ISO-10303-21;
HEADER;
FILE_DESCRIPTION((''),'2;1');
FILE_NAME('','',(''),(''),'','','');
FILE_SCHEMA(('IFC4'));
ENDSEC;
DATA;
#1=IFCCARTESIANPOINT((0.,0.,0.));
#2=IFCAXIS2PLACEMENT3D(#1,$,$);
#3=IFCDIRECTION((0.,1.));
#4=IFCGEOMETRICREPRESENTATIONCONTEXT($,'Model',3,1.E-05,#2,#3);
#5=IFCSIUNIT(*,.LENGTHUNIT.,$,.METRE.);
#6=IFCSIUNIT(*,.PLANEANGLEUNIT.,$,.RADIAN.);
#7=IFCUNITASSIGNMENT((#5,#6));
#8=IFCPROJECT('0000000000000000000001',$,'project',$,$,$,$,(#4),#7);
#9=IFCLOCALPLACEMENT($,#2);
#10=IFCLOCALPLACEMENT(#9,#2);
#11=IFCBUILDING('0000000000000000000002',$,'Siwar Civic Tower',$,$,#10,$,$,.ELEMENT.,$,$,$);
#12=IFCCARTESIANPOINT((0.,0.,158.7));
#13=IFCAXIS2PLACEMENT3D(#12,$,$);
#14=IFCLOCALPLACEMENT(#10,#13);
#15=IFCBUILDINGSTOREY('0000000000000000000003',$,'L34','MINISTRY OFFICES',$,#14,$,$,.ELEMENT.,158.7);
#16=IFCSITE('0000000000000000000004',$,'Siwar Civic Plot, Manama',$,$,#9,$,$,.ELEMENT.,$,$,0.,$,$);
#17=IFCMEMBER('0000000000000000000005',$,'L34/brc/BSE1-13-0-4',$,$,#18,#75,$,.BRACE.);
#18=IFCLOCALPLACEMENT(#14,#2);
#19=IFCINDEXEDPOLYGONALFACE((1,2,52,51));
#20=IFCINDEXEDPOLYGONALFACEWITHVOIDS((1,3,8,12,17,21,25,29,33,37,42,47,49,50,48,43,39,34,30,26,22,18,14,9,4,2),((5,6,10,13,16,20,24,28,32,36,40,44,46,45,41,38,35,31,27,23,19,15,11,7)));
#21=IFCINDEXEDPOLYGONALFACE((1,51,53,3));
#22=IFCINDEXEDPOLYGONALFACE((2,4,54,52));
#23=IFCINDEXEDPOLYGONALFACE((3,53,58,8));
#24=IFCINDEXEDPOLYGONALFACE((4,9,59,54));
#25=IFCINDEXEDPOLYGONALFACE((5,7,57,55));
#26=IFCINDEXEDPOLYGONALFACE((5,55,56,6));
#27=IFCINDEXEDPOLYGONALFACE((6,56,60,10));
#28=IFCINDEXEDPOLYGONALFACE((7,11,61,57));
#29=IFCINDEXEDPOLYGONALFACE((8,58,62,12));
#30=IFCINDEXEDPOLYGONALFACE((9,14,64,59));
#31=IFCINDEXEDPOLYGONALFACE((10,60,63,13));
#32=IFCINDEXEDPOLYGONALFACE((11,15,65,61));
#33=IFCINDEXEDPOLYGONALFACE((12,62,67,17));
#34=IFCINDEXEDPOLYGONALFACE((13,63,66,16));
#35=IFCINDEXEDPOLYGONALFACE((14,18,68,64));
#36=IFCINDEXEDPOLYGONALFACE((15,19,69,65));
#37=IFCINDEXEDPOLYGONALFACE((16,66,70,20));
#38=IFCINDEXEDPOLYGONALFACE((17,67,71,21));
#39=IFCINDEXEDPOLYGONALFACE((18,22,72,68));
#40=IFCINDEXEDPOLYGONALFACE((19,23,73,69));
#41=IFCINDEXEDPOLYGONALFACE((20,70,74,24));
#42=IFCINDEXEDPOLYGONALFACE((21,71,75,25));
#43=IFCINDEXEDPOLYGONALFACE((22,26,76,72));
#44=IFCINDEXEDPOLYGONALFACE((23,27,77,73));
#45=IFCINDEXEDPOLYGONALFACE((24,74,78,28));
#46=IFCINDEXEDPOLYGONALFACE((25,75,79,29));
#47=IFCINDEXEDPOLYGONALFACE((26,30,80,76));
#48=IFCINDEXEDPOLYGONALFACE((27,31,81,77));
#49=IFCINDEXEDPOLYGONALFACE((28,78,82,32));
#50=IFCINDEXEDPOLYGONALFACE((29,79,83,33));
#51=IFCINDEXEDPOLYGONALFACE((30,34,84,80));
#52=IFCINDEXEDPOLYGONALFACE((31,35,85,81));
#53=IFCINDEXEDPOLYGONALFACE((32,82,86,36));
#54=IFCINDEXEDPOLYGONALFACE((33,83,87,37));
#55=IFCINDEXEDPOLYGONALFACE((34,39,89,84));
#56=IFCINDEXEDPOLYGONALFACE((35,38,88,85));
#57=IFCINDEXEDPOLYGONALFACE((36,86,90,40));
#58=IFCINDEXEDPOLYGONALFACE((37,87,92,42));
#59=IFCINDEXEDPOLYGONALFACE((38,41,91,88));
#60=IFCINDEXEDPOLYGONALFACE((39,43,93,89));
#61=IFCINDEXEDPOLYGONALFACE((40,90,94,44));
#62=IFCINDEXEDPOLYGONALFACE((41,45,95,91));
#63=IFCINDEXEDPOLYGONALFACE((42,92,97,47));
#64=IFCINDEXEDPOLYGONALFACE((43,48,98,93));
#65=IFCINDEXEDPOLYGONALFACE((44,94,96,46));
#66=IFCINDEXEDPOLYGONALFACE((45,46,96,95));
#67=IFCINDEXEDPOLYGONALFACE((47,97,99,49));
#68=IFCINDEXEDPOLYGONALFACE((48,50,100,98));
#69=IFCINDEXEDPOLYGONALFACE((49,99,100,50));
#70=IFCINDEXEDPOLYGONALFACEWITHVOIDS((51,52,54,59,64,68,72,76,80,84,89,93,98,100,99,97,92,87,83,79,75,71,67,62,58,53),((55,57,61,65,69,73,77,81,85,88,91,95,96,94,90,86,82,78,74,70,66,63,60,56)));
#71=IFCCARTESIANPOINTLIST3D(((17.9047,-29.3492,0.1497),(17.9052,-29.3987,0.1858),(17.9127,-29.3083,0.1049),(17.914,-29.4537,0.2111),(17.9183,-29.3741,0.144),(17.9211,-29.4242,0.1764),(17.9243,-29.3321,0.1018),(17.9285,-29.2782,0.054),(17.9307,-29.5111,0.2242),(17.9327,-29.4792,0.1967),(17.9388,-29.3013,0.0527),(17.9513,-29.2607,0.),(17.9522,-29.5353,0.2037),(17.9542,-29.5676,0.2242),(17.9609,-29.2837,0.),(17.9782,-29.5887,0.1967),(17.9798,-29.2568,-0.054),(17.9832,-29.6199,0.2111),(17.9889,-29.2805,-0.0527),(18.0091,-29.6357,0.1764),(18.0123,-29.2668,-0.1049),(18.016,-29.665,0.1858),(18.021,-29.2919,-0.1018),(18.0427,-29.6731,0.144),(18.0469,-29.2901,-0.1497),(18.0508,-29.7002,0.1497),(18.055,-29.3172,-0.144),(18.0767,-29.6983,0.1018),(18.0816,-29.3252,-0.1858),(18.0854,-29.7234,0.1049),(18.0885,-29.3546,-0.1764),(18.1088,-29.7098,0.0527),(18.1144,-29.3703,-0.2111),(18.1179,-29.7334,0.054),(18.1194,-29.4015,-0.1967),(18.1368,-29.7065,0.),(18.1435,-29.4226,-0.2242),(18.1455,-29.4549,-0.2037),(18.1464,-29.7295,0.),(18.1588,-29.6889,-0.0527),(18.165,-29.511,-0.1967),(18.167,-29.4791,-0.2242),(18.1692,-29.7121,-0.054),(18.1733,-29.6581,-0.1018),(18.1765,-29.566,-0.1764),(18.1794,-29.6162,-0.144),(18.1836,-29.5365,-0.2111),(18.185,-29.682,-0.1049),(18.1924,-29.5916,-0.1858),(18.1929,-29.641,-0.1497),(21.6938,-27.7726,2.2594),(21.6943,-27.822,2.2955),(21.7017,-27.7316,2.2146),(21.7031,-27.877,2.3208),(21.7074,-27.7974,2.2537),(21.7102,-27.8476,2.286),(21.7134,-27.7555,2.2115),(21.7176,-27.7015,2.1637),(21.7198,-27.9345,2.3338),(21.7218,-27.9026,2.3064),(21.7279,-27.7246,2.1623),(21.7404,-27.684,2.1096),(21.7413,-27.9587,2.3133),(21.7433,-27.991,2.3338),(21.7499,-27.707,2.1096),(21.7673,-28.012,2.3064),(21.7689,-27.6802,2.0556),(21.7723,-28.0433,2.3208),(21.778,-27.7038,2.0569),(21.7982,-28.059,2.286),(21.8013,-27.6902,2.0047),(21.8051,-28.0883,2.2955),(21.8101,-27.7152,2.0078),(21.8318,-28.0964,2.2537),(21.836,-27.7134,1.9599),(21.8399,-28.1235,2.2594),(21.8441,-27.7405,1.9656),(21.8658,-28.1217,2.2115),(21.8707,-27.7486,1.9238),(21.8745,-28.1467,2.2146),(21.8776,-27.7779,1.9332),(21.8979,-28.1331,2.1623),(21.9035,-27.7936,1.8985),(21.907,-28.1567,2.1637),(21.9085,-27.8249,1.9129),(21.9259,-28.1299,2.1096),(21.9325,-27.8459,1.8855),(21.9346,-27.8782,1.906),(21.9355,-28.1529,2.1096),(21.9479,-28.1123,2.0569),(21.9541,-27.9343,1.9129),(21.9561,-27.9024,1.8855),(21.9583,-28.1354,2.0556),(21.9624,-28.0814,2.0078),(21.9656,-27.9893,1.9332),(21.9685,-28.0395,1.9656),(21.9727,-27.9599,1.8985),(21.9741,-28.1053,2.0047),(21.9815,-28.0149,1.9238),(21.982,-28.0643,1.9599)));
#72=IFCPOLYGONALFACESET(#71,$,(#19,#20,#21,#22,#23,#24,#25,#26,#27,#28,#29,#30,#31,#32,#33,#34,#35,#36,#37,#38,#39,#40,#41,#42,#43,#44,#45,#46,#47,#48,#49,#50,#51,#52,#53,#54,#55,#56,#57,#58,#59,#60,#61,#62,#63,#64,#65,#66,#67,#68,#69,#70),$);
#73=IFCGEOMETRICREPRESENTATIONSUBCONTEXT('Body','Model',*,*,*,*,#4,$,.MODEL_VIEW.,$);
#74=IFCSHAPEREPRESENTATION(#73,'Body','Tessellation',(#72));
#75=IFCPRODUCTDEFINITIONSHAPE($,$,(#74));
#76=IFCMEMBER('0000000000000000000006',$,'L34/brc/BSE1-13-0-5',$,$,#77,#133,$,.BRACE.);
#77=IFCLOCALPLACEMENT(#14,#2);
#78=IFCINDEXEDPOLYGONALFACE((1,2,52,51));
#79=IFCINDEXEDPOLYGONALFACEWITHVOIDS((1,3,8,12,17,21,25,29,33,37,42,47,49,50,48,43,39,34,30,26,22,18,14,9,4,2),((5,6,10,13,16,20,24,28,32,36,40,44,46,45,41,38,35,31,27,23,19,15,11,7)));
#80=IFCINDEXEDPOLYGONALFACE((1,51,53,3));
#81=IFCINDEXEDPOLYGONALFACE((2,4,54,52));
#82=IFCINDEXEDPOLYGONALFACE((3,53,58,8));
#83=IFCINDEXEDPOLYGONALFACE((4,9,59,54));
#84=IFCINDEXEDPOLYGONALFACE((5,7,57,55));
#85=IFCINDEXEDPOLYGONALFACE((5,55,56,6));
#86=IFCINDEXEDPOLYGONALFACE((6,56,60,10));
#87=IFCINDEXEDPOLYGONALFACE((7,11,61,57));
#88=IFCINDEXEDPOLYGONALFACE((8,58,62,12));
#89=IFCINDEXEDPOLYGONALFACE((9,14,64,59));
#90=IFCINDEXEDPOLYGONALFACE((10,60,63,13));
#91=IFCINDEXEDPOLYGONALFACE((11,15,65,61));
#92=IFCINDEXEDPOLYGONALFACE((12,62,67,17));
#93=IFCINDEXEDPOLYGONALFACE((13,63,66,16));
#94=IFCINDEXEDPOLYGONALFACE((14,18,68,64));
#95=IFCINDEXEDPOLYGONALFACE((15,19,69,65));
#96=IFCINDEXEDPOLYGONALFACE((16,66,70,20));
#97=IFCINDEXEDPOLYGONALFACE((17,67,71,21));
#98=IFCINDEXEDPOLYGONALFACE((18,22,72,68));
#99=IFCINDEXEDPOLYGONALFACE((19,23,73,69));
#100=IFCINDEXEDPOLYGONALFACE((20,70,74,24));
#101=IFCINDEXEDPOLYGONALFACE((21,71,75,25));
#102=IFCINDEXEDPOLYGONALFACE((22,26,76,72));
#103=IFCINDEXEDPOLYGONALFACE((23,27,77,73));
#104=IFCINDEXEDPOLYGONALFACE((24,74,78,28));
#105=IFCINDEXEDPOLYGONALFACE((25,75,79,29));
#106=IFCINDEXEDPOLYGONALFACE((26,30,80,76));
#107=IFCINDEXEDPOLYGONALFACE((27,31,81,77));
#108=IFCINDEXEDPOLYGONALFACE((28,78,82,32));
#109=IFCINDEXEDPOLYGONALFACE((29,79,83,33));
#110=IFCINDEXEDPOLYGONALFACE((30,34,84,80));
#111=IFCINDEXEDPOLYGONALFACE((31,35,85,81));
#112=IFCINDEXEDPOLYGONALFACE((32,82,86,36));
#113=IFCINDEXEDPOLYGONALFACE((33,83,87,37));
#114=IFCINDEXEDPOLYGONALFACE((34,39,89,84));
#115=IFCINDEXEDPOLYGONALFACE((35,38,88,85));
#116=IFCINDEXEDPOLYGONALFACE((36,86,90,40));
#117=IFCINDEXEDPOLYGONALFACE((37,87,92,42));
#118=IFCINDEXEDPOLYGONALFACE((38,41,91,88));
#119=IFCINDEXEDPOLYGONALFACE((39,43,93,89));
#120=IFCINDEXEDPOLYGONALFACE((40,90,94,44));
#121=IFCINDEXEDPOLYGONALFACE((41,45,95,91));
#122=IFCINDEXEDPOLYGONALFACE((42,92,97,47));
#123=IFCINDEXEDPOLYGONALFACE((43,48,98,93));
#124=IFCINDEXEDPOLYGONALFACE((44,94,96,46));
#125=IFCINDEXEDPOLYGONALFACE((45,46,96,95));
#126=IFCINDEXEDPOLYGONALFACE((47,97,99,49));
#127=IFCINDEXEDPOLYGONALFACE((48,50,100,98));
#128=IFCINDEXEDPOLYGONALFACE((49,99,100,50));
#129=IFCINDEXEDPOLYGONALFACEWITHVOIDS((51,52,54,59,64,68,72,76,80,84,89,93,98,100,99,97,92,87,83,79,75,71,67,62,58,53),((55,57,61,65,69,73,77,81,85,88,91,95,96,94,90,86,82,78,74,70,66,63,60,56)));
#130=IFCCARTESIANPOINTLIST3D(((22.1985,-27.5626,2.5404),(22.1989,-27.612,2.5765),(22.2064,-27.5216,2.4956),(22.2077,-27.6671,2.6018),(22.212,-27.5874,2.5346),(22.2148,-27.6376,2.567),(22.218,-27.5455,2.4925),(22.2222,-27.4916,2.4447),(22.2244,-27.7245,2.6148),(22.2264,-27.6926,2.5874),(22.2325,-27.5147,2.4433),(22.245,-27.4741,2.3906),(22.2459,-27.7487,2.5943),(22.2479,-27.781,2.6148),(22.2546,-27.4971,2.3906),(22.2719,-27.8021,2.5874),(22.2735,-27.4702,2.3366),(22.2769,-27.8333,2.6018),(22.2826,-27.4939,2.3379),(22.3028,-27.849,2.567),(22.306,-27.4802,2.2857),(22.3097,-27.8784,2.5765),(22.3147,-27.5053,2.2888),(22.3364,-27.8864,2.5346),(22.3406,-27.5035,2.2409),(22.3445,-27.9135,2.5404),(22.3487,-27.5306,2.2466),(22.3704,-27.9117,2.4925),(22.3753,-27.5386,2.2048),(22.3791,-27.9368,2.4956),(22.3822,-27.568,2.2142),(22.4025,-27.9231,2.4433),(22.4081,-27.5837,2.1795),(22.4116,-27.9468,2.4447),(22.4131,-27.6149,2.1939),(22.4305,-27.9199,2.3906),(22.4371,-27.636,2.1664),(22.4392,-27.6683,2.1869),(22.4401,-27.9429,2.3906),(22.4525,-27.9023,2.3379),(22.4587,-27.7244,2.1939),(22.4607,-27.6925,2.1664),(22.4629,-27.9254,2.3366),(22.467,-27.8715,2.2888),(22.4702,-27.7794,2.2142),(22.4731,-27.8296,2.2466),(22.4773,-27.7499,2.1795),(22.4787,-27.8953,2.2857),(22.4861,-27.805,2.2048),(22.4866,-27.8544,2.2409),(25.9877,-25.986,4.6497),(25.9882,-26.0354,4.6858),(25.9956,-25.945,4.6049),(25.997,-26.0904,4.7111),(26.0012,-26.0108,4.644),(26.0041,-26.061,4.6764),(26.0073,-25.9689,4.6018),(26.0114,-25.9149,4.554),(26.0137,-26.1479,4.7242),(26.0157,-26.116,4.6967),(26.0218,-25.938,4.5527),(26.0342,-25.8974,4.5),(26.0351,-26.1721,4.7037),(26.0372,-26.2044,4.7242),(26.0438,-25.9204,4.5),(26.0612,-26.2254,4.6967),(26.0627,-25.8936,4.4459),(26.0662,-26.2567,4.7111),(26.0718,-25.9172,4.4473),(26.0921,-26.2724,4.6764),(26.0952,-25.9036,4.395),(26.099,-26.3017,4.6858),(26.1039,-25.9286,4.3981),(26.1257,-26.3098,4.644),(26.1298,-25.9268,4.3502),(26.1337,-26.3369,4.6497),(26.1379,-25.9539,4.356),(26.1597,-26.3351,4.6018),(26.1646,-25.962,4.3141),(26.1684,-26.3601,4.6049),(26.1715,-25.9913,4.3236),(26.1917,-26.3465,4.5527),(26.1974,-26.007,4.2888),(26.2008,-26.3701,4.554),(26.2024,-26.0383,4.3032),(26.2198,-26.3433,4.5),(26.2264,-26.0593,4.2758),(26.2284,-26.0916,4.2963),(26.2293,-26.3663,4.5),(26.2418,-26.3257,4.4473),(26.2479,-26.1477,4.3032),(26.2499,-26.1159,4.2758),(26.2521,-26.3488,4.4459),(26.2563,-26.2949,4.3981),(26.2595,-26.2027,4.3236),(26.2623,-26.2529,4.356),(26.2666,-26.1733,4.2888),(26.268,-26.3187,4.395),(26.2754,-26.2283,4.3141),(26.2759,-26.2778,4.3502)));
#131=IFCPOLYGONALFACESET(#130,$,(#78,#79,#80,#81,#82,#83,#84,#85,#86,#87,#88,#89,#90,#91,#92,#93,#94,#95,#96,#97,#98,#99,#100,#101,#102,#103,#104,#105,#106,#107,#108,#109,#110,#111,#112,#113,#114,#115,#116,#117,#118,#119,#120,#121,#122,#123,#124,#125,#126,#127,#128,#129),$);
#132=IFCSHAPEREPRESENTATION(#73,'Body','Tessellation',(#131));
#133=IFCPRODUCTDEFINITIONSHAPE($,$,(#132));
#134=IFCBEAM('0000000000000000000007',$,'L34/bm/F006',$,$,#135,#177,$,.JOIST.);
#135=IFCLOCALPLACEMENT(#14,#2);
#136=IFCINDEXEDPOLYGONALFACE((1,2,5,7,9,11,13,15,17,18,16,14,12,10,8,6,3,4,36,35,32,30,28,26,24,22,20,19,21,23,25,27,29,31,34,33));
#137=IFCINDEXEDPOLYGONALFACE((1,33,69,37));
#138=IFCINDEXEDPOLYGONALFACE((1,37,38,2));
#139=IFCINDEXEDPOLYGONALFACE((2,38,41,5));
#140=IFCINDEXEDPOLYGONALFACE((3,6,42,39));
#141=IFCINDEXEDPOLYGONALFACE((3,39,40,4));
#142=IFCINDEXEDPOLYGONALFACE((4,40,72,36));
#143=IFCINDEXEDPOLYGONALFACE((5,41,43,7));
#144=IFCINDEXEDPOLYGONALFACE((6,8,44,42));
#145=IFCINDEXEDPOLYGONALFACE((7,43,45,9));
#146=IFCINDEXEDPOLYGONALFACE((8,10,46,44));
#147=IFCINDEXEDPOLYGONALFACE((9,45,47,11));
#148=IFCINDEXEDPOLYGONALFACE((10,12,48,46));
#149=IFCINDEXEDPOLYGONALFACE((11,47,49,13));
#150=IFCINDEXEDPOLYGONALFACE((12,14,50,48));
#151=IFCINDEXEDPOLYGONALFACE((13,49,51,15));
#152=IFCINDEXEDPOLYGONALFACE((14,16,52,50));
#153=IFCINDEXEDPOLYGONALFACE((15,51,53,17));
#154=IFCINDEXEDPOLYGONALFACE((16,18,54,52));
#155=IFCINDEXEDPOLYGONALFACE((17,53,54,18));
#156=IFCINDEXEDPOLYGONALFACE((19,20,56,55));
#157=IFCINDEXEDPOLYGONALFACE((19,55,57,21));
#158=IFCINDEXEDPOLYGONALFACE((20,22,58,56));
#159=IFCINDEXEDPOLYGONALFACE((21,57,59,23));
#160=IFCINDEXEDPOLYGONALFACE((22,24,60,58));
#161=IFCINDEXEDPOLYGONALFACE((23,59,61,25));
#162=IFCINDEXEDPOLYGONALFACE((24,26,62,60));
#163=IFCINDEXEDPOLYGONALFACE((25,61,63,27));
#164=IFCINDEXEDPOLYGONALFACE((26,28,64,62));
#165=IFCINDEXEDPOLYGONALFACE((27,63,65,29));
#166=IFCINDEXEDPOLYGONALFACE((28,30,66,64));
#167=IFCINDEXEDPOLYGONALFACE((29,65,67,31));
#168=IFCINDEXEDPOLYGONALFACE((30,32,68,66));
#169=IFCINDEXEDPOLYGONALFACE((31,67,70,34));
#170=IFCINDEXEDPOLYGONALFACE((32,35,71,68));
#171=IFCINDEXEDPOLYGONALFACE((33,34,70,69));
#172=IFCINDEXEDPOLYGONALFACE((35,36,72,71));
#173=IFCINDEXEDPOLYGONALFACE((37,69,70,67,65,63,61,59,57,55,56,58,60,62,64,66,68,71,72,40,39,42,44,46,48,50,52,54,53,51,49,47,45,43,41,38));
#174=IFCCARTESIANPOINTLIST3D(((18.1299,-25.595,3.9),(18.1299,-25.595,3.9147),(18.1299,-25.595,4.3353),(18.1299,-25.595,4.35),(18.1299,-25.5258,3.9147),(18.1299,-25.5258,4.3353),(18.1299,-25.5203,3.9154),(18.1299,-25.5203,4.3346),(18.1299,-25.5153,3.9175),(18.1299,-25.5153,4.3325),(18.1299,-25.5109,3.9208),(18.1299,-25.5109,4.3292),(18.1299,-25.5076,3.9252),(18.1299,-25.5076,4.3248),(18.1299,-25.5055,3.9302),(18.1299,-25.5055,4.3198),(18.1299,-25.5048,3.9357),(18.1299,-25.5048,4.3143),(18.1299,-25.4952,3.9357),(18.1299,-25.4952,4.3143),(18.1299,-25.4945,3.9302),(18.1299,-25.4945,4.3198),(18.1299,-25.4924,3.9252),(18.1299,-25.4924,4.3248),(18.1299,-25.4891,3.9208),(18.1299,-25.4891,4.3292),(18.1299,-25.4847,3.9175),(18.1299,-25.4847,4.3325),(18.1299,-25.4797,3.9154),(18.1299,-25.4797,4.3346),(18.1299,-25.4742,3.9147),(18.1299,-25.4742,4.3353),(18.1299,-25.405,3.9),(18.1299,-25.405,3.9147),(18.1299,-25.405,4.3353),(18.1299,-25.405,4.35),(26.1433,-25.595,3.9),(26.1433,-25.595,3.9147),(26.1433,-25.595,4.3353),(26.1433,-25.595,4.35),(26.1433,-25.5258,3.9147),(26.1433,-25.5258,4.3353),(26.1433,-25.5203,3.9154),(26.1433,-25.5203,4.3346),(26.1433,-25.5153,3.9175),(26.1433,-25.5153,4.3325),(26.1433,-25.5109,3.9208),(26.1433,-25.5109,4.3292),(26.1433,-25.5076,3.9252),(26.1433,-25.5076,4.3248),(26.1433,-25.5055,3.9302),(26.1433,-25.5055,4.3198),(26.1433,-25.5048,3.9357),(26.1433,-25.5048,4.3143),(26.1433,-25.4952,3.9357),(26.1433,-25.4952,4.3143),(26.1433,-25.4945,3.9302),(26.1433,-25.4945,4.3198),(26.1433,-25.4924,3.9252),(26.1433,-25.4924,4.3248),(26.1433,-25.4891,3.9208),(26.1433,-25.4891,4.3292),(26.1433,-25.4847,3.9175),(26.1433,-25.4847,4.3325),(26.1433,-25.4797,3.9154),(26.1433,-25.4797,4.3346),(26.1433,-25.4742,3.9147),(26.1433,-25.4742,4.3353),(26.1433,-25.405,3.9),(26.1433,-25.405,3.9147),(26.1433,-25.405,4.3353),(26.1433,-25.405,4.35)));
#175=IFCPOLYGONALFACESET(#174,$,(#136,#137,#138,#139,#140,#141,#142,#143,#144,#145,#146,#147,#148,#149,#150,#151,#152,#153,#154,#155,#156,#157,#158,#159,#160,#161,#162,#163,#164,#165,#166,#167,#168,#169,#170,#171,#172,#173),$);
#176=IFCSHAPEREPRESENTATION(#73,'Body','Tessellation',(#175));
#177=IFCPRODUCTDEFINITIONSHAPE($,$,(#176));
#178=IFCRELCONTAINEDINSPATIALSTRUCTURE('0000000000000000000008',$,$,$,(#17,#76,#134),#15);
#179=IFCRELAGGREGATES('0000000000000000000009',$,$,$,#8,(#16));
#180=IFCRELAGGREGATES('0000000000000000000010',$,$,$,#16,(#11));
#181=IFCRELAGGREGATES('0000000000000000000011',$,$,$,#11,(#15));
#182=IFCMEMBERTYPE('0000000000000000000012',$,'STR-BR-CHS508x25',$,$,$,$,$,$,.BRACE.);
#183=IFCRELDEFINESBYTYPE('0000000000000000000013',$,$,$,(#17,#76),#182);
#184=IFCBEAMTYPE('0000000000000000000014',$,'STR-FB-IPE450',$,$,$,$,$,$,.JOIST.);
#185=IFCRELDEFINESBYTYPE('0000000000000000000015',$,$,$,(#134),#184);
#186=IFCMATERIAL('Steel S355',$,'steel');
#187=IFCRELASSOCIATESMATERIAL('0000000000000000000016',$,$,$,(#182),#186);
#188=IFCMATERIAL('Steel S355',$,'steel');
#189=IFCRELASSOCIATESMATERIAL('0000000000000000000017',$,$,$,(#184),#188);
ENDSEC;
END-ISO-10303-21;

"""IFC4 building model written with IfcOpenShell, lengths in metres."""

from ifc_helpers import new_model, si_unit, direction, frame, origin, origin_2d, place, context, subcontext, project, spatial, hollow_circle, i_section, extrude, material, material_profile, profile_set, type_object, element, save


model = new_model("IFC4")

# Units and contexts
model_context = context("Model", 3, precision=1e-05, world=origin(), true_north=direction((0.0, 1.0)))
body_context = subcontext(model_context, "Body", "Model", "MODEL_VIEW")
ifc_project = project(units=[si_unit("LENGTHUNIT", "METRE"), si_unit("PLANEANGLEUNIT", "RADIAN")], contexts=[model_context])

# Site, building, storey
site_placement = place(None, origin())
site = spatial("IfcSite", under=ifc_project, at=site_placement, Name="Siwar Civic Plot, Manama", CompositionType="ELEMENT", RefElevation=0.0)
building_placement = place(site_placement, origin())
building = spatial("IfcBuilding", under=site, at=building_placement, Name="Siwar Civic Tower", CompositionType="ELEMENT")
storey_placement = place(building_placement, frame((0.0, 0.0, 158.7)))
storey = spatial("IfcBuildingStorey", under=building, at=storey_placement, Name="L34", Description="MINISTRY OFFICES", CompositionType="ELEMENT", Elevation=158.7)

# Members
ifc_material_1 = material(Name="Steel S355", Category="steel")
ifc_material_profile_1 = material_profile(ifc_material_1, hollow_circle(Radius=0.2539, WallThickness=0.0249, at=origin_2d()), Name="CHS508x25")
ifc_profile_set_1 = profile_set([ifc_material_profile_1], Name="Steel S355")
member_type_1 = type_object("IfcMemberType", Name="STR-BR-CHS508x25", PredefinedType="BRACE", material=ifc_profile_set_1)
for number, where, z_axis, x_axis, name in (
    (1, (18.0488, -29.4951, 0.0), (0.821126, 0.341677, 0.457175), (-0.384176, 0.92326, 0.0), "L34/brc/BSE1-13-0-4"),
    (2, (22.3425, -27.7085, 2.3906), (0.821163, 0.341671, 0.457113), (-0.384155, 0.923269, 0.0), "L34/brc/BSE1-13-0-5"),
):
    element("IfcMember", number, at=place(storey_placement, frame(where, z_axis=z_axis, x_axis=x_axis)), inside=storey, type_object=member_type_1, Name=name, PredefinedType="BRACE", context=body_context, shape_type="SweptSolid", body=[
        extrude(hollow_circle(Radius=0.2539, WallThickness=0.0249, at=origin_2d()), origin(), (0.0, 0.0, 1.0), 4.6145),
    ])

# Beam
ifc_material_2 = material(Name="Steel S355", Category="steel")
ifc_material_profile_2 = material_profile(ifc_material_2, i_section(OverallWidth=0.1899, OverallDepth=0.45, WebThickness=0.0095, FlangeThickness=0.0146, FilletRadius=0.021, at=origin_2d()), Name="IPE450")
ifc_profile_set_2 = profile_set([ifc_material_profile_2], Name="Steel S355")
beam_type_1 = type_object("IfcBeamType", Name="STR-FB-IPE450", PredefinedType="JOIST", material=ifc_profile_set_2)
beam_1_placement = place(storey_placement, frame((18.1299, -25.5, 4.125), z_axis=(1.0, 0.0, 0.0), x_axis=(0.0, 1.0, 0.0)))
element("IfcBeam", 3, at=beam_1_placement, inside=storey, type_object=beam_type_1, Name="L34/bm/F006", PredefinedType="JOIST", context=body_context, shape_type="SweptSolid", body=[
    extrude(i_section(OverallWidth=0.1899, OverallDepth=0.45, WebThickness=0.0095, FlangeThickness=0.0146, FilletRadius=0.021, at=origin_2d()), origin(), (0.0, 0.0, 1.0), 8.0134),
])

save(model, "model.ifc")
